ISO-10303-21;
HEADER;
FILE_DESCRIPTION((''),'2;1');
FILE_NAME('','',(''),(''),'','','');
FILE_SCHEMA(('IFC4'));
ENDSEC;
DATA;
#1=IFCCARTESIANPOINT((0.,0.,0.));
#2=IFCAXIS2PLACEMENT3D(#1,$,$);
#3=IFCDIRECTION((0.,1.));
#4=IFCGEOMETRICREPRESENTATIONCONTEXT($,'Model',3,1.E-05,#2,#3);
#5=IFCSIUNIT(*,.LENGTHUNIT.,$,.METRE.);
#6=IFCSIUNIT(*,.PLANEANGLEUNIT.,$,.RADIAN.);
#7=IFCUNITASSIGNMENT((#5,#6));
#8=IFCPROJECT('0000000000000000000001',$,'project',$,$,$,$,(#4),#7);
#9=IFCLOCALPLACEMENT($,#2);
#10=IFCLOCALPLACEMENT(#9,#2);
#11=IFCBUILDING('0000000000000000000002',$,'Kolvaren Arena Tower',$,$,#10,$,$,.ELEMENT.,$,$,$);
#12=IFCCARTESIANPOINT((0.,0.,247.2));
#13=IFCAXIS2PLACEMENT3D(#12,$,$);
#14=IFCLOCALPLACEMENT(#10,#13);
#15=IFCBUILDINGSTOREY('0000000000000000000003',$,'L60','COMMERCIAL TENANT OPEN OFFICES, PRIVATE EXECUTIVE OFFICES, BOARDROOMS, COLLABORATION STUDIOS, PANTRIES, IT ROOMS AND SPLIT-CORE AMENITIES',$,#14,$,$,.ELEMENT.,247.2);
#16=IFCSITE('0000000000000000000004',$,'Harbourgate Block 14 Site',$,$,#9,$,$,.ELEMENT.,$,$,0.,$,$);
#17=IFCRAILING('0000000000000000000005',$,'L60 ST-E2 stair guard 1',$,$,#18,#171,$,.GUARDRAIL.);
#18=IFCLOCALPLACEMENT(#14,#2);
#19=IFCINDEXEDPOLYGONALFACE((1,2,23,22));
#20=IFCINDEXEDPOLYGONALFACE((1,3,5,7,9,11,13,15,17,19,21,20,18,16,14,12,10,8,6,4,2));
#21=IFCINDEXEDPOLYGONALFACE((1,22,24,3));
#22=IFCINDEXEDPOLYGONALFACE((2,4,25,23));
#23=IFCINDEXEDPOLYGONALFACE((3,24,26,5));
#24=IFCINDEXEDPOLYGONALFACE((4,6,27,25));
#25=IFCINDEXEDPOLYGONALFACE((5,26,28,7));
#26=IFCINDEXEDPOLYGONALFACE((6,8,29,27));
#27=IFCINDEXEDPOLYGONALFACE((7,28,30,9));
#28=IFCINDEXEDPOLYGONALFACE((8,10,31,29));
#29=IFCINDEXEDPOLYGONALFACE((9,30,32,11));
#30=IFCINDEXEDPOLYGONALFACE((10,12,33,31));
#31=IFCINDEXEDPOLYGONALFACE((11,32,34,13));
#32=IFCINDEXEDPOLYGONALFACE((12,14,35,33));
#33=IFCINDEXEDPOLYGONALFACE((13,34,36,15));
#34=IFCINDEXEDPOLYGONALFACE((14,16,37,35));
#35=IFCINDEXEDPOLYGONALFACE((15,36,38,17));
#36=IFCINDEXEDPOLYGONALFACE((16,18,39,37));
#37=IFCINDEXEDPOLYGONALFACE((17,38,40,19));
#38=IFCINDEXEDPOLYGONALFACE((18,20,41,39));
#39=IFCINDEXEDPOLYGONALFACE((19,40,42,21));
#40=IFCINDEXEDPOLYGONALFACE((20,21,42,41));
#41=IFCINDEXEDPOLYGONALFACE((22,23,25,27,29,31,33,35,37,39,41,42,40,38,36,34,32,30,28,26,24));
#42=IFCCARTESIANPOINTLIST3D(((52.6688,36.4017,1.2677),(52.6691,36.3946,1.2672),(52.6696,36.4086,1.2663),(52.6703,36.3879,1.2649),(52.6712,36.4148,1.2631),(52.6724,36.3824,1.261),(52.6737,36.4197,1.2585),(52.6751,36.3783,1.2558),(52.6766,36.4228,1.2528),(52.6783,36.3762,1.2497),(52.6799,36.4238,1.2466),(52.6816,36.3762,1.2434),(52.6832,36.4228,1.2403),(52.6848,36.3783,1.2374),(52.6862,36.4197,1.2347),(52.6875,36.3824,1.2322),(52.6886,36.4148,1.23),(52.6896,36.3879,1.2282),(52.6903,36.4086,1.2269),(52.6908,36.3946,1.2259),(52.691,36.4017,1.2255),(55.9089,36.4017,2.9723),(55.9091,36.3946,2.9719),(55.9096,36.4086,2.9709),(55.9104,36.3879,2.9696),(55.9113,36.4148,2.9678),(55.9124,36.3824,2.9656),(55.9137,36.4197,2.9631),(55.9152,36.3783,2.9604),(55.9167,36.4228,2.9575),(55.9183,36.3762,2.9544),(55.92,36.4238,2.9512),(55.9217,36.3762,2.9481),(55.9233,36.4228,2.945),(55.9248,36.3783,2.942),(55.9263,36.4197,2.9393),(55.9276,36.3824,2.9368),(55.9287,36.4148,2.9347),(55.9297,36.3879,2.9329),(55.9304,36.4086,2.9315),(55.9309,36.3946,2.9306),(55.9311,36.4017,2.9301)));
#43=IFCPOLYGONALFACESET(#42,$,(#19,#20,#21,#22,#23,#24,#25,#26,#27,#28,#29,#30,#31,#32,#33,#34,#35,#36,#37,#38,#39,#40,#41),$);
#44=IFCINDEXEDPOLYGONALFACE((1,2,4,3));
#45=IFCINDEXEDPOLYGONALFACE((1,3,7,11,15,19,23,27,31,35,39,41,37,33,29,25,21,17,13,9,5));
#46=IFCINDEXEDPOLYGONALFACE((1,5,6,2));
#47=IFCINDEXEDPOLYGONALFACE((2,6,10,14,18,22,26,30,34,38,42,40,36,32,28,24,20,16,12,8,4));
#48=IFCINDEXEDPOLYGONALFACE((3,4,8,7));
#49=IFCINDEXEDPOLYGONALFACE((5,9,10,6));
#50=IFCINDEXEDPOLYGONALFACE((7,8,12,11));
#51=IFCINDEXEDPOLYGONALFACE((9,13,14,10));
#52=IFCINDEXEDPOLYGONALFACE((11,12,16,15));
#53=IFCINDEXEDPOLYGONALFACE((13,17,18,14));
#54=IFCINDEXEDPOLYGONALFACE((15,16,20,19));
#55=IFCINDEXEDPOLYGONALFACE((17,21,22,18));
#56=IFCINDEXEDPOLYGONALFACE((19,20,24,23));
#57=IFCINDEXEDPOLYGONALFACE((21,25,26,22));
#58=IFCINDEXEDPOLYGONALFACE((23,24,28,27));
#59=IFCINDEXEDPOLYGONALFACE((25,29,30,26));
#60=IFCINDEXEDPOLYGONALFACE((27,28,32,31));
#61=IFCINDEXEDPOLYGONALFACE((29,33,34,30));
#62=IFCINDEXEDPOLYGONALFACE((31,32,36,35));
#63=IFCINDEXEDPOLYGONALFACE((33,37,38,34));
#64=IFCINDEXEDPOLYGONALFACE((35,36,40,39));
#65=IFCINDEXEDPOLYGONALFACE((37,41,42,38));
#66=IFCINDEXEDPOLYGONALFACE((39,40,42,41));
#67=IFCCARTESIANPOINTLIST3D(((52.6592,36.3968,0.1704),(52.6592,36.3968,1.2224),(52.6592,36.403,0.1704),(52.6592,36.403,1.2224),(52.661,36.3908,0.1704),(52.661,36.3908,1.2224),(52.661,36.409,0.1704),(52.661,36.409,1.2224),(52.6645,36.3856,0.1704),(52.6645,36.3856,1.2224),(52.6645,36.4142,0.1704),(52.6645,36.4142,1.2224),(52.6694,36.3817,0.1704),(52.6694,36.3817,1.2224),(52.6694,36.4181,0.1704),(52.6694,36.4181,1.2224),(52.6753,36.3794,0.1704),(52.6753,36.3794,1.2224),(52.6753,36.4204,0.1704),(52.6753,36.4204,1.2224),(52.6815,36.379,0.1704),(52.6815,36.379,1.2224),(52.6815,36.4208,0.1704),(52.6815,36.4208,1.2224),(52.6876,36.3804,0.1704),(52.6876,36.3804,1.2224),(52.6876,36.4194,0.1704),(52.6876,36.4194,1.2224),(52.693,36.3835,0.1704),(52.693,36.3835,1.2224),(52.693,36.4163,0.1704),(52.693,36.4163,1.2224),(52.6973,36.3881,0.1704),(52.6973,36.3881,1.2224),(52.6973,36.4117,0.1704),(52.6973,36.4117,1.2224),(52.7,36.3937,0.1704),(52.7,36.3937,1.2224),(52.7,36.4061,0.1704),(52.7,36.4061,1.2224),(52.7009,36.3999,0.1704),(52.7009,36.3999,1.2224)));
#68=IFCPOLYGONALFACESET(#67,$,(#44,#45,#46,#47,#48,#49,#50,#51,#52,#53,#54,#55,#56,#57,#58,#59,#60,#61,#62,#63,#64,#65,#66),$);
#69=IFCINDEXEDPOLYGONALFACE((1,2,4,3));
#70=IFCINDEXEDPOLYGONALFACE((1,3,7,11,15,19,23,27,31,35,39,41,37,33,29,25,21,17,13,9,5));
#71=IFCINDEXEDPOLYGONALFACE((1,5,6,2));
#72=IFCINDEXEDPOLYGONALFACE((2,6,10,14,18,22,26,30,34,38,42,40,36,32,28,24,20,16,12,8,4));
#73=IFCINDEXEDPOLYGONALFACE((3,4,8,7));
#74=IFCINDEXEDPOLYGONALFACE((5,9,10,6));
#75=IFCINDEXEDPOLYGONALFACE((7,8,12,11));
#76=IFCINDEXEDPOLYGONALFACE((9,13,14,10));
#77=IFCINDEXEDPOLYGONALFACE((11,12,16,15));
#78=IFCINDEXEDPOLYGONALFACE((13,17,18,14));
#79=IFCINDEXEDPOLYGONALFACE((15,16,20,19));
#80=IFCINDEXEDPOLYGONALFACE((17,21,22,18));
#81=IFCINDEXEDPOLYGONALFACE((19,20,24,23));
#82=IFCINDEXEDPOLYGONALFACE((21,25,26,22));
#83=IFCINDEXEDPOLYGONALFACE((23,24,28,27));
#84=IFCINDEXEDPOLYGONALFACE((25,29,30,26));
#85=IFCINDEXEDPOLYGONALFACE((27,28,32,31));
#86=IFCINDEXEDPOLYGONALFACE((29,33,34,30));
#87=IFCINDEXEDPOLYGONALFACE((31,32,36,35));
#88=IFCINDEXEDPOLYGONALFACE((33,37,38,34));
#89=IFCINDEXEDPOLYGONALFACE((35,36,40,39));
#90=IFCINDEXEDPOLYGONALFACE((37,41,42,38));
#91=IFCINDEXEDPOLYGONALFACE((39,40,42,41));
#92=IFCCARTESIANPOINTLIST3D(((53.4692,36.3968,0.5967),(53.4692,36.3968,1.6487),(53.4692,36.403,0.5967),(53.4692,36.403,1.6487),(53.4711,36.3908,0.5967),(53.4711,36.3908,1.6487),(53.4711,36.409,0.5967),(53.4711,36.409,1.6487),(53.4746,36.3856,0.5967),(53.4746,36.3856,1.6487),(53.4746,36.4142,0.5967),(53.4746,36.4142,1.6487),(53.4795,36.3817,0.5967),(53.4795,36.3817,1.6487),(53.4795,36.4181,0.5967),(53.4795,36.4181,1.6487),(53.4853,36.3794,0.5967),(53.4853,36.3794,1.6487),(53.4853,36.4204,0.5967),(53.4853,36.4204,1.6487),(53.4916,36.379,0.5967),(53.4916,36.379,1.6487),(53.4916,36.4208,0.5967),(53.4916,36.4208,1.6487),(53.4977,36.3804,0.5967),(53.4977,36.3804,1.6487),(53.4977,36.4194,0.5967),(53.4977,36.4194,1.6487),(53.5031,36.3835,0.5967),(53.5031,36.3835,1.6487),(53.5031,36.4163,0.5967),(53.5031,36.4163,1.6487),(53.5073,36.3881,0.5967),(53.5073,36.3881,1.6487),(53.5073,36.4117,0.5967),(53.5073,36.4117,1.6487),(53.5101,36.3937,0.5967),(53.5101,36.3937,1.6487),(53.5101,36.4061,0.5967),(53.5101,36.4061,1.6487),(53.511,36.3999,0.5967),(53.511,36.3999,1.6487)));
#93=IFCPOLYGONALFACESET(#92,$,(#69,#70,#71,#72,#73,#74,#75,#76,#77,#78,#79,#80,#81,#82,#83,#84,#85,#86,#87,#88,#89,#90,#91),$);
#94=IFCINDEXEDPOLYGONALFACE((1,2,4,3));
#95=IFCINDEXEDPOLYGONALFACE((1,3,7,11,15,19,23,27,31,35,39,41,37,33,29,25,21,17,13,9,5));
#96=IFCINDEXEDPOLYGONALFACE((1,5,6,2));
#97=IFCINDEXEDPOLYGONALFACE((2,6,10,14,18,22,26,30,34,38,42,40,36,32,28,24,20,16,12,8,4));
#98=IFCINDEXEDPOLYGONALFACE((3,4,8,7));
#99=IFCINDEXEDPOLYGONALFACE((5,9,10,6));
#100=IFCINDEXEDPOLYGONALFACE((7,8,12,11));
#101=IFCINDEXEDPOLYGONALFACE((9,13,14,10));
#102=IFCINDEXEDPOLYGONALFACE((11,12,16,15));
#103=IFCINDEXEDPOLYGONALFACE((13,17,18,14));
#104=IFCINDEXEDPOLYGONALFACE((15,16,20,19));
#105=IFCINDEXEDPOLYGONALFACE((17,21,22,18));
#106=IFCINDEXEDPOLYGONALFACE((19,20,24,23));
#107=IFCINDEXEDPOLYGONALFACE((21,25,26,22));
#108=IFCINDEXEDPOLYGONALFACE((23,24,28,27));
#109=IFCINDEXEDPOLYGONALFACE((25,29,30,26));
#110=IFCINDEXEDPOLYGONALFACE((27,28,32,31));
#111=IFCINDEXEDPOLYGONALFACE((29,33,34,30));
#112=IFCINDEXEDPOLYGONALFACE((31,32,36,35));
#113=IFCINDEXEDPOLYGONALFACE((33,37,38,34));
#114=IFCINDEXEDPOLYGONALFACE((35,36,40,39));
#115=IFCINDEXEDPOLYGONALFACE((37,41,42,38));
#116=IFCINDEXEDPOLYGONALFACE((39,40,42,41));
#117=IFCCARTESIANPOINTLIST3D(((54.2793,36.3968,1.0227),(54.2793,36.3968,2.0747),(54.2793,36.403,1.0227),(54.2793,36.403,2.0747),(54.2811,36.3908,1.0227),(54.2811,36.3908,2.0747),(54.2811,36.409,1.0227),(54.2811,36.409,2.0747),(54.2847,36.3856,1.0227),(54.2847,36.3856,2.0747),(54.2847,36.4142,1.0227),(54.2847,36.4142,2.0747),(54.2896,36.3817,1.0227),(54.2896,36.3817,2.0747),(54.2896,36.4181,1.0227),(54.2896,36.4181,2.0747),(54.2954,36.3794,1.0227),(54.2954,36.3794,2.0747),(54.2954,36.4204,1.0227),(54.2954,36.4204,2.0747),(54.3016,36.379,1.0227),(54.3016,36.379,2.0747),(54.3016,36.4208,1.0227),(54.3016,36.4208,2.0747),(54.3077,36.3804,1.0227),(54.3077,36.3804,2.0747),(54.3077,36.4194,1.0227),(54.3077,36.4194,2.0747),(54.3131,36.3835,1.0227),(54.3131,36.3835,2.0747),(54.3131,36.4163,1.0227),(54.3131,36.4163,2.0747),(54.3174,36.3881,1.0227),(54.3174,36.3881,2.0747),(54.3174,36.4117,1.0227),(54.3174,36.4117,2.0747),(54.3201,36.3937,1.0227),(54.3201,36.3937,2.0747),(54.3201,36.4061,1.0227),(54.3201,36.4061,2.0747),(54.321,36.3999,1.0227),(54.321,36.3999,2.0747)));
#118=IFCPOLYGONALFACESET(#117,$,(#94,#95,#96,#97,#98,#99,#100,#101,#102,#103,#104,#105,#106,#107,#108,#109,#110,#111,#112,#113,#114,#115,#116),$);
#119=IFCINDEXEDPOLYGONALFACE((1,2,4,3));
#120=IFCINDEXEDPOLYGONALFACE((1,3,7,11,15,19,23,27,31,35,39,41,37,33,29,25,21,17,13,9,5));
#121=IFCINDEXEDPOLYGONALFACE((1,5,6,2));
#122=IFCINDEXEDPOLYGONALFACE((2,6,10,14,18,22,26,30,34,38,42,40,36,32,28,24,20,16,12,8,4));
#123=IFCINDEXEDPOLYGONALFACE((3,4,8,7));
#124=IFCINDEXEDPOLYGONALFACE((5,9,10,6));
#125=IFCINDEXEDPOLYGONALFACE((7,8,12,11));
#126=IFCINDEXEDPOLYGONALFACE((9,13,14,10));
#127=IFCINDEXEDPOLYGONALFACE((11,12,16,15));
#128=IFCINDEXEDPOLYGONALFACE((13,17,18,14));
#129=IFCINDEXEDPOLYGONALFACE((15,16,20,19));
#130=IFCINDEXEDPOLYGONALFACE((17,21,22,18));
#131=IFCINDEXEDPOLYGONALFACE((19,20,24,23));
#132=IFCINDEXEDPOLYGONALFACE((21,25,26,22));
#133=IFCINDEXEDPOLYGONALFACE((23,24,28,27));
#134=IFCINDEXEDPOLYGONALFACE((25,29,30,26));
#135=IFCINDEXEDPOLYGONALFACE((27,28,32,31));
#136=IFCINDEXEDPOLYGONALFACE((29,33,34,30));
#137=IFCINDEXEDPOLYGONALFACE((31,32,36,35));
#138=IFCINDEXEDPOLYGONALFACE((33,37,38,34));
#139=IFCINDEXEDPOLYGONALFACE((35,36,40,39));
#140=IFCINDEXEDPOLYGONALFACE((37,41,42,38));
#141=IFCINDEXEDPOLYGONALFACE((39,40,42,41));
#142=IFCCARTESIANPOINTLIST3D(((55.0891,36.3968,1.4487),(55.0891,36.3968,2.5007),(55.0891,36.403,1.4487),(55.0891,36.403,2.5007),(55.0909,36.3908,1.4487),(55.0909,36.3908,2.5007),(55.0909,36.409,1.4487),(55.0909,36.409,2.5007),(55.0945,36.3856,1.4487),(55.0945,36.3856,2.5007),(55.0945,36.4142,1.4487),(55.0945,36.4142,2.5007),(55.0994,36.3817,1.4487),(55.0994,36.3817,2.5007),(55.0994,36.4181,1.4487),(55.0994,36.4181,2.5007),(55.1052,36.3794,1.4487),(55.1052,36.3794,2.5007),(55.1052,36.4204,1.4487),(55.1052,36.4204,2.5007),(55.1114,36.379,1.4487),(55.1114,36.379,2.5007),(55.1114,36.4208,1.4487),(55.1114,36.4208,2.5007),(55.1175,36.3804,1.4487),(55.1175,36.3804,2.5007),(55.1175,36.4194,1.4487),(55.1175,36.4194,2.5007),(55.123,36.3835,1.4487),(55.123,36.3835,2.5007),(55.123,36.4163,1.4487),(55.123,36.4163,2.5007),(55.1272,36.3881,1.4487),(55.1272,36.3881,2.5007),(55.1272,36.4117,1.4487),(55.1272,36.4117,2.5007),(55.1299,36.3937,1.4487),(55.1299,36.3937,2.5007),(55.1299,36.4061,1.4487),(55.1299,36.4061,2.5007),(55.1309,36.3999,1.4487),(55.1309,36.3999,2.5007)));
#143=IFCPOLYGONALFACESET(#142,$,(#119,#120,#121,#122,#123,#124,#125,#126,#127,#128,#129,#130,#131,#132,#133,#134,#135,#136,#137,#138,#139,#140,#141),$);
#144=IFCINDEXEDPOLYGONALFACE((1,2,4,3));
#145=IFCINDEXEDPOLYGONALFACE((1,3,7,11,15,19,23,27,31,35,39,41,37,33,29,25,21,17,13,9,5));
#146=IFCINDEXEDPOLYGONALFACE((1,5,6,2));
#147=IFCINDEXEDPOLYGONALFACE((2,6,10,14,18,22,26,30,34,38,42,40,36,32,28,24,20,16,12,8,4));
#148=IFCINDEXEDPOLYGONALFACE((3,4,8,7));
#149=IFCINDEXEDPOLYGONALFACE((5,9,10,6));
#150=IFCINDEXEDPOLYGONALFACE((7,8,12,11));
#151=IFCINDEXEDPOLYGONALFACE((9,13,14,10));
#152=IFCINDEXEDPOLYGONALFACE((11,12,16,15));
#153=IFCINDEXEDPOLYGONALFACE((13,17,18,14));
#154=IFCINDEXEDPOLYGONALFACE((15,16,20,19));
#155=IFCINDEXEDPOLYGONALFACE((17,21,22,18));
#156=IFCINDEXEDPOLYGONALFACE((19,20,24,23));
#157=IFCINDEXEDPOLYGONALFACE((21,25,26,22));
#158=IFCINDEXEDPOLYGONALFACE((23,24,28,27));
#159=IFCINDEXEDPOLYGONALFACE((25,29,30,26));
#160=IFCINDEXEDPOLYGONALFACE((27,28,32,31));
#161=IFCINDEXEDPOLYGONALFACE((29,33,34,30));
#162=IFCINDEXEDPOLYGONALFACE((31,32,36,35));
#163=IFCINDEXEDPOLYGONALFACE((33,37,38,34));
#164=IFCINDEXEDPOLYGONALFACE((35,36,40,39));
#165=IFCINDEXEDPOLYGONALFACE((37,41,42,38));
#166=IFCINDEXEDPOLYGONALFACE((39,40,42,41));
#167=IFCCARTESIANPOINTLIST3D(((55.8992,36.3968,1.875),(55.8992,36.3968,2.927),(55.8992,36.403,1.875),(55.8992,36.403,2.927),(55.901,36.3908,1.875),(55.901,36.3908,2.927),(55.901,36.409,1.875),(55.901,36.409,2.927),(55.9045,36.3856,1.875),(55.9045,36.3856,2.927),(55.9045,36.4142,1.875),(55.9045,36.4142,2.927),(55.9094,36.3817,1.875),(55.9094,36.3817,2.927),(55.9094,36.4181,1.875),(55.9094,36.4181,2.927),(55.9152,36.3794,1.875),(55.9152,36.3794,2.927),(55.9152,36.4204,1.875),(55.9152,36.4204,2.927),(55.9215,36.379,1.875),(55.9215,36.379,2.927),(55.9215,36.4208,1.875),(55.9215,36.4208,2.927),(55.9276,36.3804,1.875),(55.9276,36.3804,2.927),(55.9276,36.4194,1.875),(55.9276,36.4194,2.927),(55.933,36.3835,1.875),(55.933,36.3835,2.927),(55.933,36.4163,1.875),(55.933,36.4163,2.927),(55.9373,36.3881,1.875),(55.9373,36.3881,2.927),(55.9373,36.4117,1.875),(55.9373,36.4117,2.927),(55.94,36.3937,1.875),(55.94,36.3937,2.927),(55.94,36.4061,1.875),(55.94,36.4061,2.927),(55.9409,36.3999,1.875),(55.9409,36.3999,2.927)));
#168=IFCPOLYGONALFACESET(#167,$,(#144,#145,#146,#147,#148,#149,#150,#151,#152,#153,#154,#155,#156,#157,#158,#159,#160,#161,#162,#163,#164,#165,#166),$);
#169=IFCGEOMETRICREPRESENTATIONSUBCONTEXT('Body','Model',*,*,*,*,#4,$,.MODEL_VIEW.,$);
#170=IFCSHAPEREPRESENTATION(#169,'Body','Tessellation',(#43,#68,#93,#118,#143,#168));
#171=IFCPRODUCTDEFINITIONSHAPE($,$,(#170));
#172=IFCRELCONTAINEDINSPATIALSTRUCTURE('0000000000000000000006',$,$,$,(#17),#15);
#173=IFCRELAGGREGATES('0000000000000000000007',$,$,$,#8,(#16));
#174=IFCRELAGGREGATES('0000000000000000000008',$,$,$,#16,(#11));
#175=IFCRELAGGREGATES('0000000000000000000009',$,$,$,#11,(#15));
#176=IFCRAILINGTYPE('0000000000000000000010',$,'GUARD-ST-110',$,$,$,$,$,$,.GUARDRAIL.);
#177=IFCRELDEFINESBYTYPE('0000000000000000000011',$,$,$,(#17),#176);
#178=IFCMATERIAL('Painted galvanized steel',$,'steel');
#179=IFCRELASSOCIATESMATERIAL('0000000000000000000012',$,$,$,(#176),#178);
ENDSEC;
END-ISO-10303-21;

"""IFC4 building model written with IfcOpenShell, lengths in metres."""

from ifc_helpers import new_model, si_unit, direction, frame, origin, origin_2d, place, context, subcontext, project, spatial, circle, extrude, material, type_object, element, save


model = new_model("IFC4")

# Units and contexts
model_context = context("Model", 3, precision=1e-05, world=origin(), true_north=direction((0.0, 1.0)))
body_context = subcontext(model_context, "Body", "Model", "MODEL_VIEW")
ifc_project = project(units=[si_unit("LENGTHUNIT", "METRE"), si_unit("PLANEANGLEUNIT", "RADIAN")], contexts=[model_context])

# Site, building, storey
site_placement = place(None, origin())
site = spatial("IfcSite", under=ifc_project, at=site_placement, Name="Harbourgate Block 14 Site", CompositionType="ELEMENT", RefElevation=0.0)
building_placement = place(site_placement, origin())
building = spatial("IfcBuilding", under=site, at=building_placement, Name="Kolvaren Arena Tower", CompositionType="ELEMENT")
storey_placement = place(building_placement, frame((0.0, 0.0, 247.2)))
storey = spatial("IfcBuildingStorey", under=building, at=storey_placement, Name="L60", Description="COMMERCIAL TENANT OPEN OFFICES, PRIVATE EXECUTIVE OFFICES, BOARDROOMS, COLLABORATION STUDIOS, PANTRIES, IT ROOMS AND SPLIT-CORE AMENITIES", CompositionType="ELEMENT", Elevation=247.2)

# Railing
ifc_material_1 = material(Name="Painted galvanized steel", Category="steel")
railing_type_1 = type_object("IfcRailingType", Name="GUARD-ST-110", PredefinedType="GUARDRAIL", material=ifc_material_1)
railing_1_placement = place(storey_placement, frame((52.6799, 36.3999, 0.1704)))
element("IfcRailing", 1, at=railing_1_placement, inside=storey, type_object=railing_type_1, Name="L60 ST-E2 stair guard 1", PredefinedType="GUARDRAIL", context=body_context, shape_type="SweptSolid", body=[
    extrude(circle(Radius=0.0239, at=origin_2d()), frame((0.0, 0.0, 1.0762), z_axis=(0.884993, 0.0, 0.465604), x_axis=(0.0, 1.0, 0.0)), (0.0, 0.0, 1.0), 3.6611),
    extrude(circle(Radius=0.021, at=origin_2d()), origin(), (0.0, 0.0, 1.0), 1.052),
    extrude(circle(Radius=0.021, at=origin_2d()), frame((0.8101, 0.0, 0.4263)), (0.0, 0.0, 1.0), 1.052),
    extrude(circle(Radius=0.021, at=origin_2d()), frame((1.6201, 0.0, 0.8523)), (0.0, 0.0, 1.0), 1.052),
    extrude(circle(Radius=0.021, at=origin_2d()), frame((2.4299, 0.0, 1.2783)), (0.0, 0.0, 1.0), 1.052),
    extrude(circle(Radius=0.021, at=origin_2d()), frame((3.24, 0.0, 1.7046)), (0.0, 0.0, 1.0), 1.052),
])

save(model, "model.ifc")
